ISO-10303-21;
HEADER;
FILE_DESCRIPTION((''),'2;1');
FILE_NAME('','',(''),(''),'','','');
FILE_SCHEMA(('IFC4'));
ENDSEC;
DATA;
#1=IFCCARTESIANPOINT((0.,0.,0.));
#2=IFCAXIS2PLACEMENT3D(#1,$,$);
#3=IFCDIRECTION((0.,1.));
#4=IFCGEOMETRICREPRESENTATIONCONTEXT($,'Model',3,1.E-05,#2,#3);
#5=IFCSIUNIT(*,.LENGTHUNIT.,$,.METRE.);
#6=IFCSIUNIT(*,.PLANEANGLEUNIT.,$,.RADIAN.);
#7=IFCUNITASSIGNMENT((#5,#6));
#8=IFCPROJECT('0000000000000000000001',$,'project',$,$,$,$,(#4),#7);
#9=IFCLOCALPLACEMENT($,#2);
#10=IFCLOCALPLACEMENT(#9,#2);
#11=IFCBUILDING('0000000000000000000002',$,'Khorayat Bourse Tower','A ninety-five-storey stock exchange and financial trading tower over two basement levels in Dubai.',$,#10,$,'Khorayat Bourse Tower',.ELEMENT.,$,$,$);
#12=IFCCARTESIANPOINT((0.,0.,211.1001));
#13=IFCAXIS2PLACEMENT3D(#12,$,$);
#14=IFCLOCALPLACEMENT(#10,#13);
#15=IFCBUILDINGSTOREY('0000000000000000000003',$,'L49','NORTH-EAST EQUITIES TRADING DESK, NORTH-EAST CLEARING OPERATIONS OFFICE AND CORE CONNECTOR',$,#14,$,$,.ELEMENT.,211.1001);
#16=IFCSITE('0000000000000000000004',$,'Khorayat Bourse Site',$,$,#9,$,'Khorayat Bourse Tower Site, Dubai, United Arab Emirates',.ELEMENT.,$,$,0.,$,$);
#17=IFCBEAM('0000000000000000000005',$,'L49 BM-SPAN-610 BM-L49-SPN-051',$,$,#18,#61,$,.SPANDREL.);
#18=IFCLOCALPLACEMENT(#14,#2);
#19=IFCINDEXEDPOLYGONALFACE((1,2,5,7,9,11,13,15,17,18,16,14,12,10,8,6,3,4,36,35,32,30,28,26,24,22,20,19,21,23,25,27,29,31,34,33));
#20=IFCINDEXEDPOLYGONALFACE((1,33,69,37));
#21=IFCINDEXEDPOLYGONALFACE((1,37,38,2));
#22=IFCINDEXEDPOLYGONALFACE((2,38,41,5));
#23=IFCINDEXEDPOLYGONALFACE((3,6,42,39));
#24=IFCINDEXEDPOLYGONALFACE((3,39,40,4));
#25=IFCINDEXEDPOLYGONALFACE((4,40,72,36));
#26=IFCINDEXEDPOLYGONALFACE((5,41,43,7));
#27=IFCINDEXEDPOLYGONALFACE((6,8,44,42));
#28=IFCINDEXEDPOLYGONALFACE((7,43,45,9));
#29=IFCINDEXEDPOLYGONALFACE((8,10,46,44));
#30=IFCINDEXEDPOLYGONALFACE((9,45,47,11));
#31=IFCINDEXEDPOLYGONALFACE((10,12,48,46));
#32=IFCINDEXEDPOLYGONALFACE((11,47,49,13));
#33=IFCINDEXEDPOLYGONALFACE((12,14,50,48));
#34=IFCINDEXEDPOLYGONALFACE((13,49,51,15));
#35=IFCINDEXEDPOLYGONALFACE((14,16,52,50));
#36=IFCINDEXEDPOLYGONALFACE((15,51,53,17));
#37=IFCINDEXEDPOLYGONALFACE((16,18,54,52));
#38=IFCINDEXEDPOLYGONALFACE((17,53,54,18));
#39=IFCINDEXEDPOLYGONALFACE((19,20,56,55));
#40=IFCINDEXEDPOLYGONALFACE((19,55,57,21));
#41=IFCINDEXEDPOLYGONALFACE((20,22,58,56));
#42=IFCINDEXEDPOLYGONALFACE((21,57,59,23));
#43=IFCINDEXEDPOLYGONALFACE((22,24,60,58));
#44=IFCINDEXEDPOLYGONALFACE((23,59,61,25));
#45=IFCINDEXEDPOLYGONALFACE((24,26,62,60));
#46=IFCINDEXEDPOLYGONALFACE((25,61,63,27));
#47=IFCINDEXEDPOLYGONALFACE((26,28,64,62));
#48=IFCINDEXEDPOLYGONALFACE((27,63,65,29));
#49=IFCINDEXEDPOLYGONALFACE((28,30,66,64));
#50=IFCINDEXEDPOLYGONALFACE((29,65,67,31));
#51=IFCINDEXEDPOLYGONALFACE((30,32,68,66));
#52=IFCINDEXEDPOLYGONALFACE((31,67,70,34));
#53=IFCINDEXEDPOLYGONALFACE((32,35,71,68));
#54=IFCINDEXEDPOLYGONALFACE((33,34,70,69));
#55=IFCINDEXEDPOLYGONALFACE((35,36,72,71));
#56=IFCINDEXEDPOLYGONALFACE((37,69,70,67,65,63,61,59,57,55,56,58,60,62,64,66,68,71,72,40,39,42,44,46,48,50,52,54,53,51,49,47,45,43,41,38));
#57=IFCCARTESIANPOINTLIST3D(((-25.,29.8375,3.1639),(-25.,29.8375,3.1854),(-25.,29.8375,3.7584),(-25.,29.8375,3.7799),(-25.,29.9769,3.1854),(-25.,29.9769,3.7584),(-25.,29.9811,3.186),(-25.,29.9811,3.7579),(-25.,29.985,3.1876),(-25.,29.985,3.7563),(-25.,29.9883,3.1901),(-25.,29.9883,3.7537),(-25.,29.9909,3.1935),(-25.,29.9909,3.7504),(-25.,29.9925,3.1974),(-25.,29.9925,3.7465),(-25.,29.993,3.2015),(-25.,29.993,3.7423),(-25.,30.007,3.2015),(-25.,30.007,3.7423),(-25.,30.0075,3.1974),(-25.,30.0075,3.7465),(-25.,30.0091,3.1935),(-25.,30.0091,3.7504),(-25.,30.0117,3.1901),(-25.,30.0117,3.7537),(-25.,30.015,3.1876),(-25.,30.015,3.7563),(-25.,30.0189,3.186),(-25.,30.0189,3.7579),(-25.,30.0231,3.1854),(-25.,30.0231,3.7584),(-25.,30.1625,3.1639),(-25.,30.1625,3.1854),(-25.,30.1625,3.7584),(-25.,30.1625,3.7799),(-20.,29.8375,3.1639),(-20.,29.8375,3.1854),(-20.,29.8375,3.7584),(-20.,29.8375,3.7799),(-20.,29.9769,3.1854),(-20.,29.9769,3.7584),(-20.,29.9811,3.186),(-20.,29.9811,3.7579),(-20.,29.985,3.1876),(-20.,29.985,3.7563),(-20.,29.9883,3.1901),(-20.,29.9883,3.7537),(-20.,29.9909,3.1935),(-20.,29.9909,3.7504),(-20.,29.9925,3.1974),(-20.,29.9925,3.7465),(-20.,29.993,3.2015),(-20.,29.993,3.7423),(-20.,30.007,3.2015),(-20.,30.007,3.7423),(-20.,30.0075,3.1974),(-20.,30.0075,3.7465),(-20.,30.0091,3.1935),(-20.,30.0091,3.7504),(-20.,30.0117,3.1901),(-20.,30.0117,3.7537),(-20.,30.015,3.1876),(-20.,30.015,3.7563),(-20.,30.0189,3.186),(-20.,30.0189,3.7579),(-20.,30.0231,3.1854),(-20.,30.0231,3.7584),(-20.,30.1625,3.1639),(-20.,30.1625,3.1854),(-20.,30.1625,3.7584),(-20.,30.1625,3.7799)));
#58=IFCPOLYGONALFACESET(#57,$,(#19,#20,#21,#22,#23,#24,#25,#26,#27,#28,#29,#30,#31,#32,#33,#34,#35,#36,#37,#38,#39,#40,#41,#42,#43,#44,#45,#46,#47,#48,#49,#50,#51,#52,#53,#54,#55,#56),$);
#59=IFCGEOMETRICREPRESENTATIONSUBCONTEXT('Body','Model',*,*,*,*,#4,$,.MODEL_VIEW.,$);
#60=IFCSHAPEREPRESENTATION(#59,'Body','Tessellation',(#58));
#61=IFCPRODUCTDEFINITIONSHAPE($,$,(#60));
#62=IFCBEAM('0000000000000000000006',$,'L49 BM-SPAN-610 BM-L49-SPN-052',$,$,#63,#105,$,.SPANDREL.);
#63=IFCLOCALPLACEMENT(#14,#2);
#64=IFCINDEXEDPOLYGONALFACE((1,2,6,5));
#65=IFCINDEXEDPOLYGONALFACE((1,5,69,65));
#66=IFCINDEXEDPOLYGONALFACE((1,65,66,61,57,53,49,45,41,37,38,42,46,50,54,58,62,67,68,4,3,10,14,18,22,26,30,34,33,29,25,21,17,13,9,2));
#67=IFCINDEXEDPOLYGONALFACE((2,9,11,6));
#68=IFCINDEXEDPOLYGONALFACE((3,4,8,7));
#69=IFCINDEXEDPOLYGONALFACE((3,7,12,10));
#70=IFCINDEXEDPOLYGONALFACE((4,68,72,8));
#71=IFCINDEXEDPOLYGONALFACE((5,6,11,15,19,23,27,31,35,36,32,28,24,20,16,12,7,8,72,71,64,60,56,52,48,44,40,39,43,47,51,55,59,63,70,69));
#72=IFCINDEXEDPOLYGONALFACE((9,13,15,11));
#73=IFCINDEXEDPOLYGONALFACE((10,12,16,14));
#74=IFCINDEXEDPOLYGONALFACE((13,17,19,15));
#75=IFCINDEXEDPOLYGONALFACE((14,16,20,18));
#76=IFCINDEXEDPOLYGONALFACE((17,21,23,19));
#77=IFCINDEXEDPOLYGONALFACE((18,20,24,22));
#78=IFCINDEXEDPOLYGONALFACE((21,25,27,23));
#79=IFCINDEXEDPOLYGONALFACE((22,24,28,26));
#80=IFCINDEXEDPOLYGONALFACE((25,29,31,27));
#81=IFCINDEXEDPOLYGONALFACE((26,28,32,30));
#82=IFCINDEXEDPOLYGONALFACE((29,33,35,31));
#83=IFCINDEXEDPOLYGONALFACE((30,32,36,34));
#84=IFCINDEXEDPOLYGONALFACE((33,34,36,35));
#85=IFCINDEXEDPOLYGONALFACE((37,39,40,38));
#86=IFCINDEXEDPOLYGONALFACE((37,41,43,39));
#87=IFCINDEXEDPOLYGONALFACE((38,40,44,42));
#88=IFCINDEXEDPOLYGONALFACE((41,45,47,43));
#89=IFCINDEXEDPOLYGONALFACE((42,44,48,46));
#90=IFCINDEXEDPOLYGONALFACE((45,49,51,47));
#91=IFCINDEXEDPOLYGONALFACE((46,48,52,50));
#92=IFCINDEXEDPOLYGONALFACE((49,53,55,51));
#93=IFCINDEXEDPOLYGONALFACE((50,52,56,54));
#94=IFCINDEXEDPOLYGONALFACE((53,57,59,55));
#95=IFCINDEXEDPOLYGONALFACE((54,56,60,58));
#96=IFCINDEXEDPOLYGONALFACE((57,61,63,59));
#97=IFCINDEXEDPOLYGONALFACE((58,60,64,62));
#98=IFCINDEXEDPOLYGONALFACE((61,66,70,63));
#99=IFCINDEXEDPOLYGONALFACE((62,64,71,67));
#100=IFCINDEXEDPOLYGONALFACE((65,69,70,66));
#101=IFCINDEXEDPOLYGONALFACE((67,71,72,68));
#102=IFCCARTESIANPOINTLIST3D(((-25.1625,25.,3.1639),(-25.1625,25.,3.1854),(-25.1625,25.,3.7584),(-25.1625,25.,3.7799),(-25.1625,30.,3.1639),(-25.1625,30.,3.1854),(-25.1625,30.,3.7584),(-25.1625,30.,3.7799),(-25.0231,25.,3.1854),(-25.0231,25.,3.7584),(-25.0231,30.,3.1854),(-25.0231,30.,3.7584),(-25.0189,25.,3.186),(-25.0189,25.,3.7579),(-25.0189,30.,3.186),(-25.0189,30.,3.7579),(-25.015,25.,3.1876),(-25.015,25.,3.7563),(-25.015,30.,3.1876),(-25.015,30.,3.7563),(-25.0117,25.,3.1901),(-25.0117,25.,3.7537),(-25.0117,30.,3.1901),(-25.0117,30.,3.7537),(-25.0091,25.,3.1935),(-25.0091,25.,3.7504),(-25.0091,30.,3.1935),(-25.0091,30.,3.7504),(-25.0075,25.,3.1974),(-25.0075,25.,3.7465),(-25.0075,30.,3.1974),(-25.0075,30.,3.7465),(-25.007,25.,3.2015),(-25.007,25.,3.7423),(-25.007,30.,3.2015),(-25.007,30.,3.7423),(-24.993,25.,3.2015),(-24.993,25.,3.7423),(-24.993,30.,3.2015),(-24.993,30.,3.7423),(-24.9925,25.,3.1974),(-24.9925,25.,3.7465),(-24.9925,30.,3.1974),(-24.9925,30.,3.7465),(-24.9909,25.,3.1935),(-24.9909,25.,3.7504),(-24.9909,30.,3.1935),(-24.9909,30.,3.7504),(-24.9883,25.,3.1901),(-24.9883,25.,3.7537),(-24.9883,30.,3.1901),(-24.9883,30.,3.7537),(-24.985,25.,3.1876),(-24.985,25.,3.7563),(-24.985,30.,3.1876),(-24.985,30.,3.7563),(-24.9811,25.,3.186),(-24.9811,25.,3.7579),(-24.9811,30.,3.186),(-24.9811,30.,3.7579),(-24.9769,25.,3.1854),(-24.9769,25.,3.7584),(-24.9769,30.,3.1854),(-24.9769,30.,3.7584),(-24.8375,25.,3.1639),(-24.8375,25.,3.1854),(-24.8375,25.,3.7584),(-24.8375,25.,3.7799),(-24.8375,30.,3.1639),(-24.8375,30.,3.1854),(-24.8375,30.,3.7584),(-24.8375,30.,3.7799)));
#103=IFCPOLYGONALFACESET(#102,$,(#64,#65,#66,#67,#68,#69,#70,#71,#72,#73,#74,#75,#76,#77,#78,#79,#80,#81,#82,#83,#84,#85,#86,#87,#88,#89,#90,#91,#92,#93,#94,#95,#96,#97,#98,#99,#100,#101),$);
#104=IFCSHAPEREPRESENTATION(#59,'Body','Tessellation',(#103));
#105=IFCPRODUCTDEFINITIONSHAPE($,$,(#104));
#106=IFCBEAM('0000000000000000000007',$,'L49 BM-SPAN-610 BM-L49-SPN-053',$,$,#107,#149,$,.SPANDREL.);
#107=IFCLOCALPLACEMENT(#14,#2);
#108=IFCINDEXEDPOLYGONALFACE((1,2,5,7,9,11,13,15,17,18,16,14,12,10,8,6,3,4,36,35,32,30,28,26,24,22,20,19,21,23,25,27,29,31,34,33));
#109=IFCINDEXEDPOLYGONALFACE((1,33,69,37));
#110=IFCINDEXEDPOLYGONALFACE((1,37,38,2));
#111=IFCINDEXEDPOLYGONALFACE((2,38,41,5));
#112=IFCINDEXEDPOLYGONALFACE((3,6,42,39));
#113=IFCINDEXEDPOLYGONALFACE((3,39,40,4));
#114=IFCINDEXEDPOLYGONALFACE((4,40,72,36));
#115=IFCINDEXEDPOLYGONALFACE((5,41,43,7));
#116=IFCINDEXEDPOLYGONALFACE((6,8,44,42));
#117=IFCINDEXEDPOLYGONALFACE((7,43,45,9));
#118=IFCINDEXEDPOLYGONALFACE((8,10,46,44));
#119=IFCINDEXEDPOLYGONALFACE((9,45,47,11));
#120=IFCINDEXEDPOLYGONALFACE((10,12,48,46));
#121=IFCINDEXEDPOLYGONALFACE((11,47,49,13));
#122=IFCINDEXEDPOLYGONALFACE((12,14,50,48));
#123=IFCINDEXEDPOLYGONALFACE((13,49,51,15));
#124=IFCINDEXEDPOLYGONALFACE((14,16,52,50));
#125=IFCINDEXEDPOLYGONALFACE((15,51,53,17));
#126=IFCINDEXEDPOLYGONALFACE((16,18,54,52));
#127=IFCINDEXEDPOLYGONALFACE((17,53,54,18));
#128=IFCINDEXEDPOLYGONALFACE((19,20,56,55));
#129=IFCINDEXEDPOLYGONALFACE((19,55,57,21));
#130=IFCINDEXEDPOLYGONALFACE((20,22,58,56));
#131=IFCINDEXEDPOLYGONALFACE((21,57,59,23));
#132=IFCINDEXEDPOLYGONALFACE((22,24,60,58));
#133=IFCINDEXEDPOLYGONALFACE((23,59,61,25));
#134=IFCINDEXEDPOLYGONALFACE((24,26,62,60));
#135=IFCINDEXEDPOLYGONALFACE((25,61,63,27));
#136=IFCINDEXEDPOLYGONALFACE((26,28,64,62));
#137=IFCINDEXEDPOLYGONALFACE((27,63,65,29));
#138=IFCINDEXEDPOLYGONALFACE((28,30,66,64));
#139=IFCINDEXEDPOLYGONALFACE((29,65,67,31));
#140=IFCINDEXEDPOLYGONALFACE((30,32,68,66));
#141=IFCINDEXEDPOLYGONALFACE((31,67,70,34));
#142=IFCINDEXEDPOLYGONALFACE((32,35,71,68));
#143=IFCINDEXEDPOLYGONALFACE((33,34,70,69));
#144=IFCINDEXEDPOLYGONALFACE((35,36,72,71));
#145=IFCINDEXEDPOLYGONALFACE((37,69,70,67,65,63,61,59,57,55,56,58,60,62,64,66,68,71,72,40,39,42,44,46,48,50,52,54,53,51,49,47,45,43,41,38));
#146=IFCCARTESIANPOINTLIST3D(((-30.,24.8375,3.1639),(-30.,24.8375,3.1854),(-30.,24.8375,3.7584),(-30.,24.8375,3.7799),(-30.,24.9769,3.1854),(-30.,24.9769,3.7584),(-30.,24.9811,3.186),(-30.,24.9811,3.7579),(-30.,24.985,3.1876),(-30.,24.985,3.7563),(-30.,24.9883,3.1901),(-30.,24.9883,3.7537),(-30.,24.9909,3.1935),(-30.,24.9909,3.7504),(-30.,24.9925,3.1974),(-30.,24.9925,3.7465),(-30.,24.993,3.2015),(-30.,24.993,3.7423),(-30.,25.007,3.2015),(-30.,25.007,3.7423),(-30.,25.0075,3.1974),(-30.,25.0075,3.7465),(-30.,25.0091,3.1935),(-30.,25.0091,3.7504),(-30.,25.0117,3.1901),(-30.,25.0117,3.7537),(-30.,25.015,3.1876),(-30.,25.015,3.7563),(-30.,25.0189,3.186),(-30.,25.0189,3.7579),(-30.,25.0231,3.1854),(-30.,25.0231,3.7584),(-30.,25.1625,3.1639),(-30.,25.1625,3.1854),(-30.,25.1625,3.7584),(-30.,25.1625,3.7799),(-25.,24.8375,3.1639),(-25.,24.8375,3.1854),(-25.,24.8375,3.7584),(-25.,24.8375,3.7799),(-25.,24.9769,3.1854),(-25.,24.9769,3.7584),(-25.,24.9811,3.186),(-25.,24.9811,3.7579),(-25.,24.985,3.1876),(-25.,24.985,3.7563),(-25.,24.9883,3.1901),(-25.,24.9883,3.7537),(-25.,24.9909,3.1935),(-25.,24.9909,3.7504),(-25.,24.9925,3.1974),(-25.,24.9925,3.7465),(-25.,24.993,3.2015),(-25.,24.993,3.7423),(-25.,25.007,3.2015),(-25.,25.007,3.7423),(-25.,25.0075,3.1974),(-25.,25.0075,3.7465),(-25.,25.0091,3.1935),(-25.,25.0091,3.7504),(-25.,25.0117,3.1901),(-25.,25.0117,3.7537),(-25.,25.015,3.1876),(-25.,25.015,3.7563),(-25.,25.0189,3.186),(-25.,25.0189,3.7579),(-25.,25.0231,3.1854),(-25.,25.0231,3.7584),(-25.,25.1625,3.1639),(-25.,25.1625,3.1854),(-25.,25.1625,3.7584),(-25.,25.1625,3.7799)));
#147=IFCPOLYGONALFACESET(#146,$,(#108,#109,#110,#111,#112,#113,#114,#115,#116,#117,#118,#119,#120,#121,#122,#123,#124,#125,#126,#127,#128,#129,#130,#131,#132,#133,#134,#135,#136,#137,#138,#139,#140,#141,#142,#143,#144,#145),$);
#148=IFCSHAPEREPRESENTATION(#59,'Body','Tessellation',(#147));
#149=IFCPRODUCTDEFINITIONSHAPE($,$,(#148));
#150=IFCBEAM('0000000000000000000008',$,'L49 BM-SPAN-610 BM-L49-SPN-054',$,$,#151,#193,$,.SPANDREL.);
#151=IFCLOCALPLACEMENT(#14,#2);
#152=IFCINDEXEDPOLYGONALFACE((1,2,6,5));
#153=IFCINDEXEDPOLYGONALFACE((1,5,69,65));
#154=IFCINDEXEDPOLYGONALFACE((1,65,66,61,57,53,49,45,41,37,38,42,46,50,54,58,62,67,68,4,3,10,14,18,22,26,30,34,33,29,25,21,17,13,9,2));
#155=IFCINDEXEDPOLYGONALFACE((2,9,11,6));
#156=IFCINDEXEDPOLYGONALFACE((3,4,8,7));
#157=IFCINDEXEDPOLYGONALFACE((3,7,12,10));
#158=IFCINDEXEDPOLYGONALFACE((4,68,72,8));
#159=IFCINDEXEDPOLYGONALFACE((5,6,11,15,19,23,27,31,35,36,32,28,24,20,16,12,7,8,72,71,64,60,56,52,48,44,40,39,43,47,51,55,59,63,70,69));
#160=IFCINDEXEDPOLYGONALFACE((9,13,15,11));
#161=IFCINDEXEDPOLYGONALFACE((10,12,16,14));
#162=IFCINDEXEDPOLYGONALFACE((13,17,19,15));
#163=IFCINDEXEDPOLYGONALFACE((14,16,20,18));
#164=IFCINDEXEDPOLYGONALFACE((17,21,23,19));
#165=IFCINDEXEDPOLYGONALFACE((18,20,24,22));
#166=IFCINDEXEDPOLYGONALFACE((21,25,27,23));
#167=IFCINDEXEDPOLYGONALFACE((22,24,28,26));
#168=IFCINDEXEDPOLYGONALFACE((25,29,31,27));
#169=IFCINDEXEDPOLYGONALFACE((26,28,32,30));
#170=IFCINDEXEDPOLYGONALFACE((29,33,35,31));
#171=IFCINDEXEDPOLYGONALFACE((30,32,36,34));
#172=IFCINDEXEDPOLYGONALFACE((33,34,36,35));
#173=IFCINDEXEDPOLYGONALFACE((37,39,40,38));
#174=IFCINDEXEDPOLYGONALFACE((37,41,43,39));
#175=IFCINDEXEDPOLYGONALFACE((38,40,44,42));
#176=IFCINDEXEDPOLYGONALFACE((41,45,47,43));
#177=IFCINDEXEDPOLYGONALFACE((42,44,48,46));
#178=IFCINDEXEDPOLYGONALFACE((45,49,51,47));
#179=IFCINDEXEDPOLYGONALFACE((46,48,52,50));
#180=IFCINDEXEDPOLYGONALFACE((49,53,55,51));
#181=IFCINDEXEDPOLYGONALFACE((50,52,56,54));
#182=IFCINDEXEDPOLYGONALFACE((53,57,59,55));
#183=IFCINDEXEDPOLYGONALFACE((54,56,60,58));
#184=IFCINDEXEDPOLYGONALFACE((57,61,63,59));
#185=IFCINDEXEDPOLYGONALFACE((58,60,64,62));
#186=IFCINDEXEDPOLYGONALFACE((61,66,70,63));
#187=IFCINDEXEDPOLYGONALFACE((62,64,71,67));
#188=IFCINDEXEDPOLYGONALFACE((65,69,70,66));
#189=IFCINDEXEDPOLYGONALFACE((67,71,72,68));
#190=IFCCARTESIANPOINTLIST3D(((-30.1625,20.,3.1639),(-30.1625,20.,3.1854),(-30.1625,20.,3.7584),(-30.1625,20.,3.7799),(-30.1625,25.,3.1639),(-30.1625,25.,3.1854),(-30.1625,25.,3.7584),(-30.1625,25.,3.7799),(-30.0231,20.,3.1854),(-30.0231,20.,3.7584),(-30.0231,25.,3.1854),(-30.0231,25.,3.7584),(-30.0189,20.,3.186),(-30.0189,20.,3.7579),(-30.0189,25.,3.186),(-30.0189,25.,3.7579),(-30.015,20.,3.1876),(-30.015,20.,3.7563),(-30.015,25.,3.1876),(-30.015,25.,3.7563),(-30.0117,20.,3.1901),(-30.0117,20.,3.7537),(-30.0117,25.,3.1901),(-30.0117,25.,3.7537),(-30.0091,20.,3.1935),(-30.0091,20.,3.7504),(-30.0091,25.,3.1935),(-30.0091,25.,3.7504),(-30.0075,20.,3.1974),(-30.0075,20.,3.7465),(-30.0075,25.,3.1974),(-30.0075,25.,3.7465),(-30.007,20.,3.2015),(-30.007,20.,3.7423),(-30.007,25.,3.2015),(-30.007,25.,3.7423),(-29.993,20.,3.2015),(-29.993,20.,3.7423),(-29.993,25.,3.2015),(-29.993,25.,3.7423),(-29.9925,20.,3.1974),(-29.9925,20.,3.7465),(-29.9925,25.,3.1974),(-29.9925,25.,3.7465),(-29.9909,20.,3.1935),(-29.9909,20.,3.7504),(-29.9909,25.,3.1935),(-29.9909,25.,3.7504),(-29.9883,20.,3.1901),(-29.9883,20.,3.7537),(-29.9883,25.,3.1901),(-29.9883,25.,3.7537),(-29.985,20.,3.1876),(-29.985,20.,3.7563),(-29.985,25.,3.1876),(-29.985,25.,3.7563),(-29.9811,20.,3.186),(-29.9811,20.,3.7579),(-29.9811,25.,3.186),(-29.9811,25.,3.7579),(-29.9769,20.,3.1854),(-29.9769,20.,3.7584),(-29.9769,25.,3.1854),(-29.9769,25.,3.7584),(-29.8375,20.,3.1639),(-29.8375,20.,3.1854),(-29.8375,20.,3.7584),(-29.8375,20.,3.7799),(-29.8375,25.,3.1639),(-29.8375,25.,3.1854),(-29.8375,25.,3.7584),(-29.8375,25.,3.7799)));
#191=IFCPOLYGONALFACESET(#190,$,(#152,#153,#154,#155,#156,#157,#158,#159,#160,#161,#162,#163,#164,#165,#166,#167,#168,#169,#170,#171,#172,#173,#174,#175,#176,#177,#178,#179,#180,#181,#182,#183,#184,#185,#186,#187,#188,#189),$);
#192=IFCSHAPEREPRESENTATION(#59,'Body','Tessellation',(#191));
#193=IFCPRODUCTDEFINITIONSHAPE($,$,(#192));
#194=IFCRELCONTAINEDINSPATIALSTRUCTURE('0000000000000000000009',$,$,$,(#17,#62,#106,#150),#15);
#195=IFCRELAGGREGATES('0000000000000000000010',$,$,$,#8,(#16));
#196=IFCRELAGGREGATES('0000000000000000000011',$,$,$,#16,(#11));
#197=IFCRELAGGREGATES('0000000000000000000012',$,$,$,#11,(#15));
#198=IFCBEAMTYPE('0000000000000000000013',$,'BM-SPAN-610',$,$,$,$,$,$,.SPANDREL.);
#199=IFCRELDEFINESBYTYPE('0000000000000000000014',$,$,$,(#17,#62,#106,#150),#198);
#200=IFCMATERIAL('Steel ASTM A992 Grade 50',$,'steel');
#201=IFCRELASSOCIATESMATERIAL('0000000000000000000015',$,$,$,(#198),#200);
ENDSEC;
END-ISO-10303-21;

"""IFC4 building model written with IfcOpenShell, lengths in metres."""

from ifc_helpers import new_model, si_unit, direction, frame, origin, origin_2d, place, context, subcontext, project, spatial, i_section, extrude, source, transform, mapped, material, material_profile, profile_set, type_object, element, save


model = new_model("IFC4")

# Units and contexts
model_context = context("Model", 3, precision=1e-05, world=origin(), true_north=direction((0.0, 1.0)))
body_context = subcontext(model_context, "Body", "Model", "MODEL_VIEW")
ifc_project = project(units=[si_unit("LENGTHUNIT", "METRE"), si_unit("PLANEANGLEUNIT", "RADIAN")], contexts=[model_context])

# Site, building, storey
site_placement = place(None, origin())
site = spatial("IfcSite", under=ifc_project, at=site_placement, Name="Khorayat Bourse Site", LongName="Khorayat Bourse Tower Site, Dubai, United Arab Emirates", CompositionType="ELEMENT", RefElevation=0.0)
building_placement = place(site_placement, origin())
building = spatial("IfcBuilding", under=site, at=building_placement, Name="Khorayat Bourse Tower", Description="A ninety-five-storey stock exchange and financial trading tower over two basement levels in Dubai.", LongName="Khorayat Bourse Tower", CompositionType="ELEMENT")
storey_placement = place(building_placement, frame((0.0, 0.0, 211.1001)))
storey = spatial("IfcBuildingStorey", under=building, at=storey_placement, Name="L49", Description="NORTH-EAST EQUITIES TRADING DESK, NORTH-EAST CLEARING OPERATIONS OFFICE AND CORE CONNECTOR", CompositionType="ELEMENT", Elevation=211.1001)

# Beams
ifc_material_1 = material(Name="Steel ASTM A992 Grade 50", Category="steel")
ifc_material_profile_1 = material_profile(ifc_material_1, i_section(OverallWidth=0.325, OverallDepth=0.616, WebThickness=0.0139, FlangeThickness=0.0215, FilletRadius=0.0161, at=origin_2d()), Name="W610X174")
ifc_profile_set_1 = profile_set([ifc_material_profile_1], Name="Steel ASTM A992 Grade 50")
beam_type_1 = type_object("IfcBeamType", Name="BM-SPAN-610", PredefinedType="SPANDREL", material=ifc_profile_set_1)
shared_shape_1 = source(origin(), body_context, "Body", "SweptSolid", [
    extrude(i_section(OverallWidth=0.325, OverallDepth=0.616, WebThickness=0.0139, FlangeThickness=0.0215, FilletRadius=0.0161, at=origin_2d()), origin(), (0.0, 0.0, 1.0), 5.0),
])
for number, where, z_axis, x_axis, name in (
    (1, (-25.0, 30.0, 3.4719), (1.0, 0.0, 0.0), (0.0, 1.0, 0.0), "L49 BM-SPAN-610 BM-L49-SPN-051"),
    (2, (-25.0, 25.0, 3.4719), (0.0, 1.0, 0.0), (-1.0, 0.0, 0.0), "L49 BM-SPAN-610 BM-L49-SPN-052"),
    (3, (-30.0, 25.0, 3.4719), (1.0, 0.0, 0.0), (0.0, 1.0, 0.0), "L49 BM-SPAN-610 BM-L49-SPN-053"),
    (4, (-30.0, 20.0, 3.4719), (0.0, 1.0, 0.0), (-1.0, 0.0, 0.0), "L49 BM-SPAN-610 BM-L49-SPN-054"),
):
    element("IfcBeam", number, at=place(storey_placement, frame(where, z_axis=z_axis, x_axis=x_axis)), inside=storey, type_object=beam_type_1, Name=name, PredefinedType="SPANDREL", context=body_context, shape_type="MappedRepresentation", body=[
        mapped(shared_shape_1, transform((0.0, 0.0, 0.0), scale=1.0)),
    ])

save(model, "model.ifc")
